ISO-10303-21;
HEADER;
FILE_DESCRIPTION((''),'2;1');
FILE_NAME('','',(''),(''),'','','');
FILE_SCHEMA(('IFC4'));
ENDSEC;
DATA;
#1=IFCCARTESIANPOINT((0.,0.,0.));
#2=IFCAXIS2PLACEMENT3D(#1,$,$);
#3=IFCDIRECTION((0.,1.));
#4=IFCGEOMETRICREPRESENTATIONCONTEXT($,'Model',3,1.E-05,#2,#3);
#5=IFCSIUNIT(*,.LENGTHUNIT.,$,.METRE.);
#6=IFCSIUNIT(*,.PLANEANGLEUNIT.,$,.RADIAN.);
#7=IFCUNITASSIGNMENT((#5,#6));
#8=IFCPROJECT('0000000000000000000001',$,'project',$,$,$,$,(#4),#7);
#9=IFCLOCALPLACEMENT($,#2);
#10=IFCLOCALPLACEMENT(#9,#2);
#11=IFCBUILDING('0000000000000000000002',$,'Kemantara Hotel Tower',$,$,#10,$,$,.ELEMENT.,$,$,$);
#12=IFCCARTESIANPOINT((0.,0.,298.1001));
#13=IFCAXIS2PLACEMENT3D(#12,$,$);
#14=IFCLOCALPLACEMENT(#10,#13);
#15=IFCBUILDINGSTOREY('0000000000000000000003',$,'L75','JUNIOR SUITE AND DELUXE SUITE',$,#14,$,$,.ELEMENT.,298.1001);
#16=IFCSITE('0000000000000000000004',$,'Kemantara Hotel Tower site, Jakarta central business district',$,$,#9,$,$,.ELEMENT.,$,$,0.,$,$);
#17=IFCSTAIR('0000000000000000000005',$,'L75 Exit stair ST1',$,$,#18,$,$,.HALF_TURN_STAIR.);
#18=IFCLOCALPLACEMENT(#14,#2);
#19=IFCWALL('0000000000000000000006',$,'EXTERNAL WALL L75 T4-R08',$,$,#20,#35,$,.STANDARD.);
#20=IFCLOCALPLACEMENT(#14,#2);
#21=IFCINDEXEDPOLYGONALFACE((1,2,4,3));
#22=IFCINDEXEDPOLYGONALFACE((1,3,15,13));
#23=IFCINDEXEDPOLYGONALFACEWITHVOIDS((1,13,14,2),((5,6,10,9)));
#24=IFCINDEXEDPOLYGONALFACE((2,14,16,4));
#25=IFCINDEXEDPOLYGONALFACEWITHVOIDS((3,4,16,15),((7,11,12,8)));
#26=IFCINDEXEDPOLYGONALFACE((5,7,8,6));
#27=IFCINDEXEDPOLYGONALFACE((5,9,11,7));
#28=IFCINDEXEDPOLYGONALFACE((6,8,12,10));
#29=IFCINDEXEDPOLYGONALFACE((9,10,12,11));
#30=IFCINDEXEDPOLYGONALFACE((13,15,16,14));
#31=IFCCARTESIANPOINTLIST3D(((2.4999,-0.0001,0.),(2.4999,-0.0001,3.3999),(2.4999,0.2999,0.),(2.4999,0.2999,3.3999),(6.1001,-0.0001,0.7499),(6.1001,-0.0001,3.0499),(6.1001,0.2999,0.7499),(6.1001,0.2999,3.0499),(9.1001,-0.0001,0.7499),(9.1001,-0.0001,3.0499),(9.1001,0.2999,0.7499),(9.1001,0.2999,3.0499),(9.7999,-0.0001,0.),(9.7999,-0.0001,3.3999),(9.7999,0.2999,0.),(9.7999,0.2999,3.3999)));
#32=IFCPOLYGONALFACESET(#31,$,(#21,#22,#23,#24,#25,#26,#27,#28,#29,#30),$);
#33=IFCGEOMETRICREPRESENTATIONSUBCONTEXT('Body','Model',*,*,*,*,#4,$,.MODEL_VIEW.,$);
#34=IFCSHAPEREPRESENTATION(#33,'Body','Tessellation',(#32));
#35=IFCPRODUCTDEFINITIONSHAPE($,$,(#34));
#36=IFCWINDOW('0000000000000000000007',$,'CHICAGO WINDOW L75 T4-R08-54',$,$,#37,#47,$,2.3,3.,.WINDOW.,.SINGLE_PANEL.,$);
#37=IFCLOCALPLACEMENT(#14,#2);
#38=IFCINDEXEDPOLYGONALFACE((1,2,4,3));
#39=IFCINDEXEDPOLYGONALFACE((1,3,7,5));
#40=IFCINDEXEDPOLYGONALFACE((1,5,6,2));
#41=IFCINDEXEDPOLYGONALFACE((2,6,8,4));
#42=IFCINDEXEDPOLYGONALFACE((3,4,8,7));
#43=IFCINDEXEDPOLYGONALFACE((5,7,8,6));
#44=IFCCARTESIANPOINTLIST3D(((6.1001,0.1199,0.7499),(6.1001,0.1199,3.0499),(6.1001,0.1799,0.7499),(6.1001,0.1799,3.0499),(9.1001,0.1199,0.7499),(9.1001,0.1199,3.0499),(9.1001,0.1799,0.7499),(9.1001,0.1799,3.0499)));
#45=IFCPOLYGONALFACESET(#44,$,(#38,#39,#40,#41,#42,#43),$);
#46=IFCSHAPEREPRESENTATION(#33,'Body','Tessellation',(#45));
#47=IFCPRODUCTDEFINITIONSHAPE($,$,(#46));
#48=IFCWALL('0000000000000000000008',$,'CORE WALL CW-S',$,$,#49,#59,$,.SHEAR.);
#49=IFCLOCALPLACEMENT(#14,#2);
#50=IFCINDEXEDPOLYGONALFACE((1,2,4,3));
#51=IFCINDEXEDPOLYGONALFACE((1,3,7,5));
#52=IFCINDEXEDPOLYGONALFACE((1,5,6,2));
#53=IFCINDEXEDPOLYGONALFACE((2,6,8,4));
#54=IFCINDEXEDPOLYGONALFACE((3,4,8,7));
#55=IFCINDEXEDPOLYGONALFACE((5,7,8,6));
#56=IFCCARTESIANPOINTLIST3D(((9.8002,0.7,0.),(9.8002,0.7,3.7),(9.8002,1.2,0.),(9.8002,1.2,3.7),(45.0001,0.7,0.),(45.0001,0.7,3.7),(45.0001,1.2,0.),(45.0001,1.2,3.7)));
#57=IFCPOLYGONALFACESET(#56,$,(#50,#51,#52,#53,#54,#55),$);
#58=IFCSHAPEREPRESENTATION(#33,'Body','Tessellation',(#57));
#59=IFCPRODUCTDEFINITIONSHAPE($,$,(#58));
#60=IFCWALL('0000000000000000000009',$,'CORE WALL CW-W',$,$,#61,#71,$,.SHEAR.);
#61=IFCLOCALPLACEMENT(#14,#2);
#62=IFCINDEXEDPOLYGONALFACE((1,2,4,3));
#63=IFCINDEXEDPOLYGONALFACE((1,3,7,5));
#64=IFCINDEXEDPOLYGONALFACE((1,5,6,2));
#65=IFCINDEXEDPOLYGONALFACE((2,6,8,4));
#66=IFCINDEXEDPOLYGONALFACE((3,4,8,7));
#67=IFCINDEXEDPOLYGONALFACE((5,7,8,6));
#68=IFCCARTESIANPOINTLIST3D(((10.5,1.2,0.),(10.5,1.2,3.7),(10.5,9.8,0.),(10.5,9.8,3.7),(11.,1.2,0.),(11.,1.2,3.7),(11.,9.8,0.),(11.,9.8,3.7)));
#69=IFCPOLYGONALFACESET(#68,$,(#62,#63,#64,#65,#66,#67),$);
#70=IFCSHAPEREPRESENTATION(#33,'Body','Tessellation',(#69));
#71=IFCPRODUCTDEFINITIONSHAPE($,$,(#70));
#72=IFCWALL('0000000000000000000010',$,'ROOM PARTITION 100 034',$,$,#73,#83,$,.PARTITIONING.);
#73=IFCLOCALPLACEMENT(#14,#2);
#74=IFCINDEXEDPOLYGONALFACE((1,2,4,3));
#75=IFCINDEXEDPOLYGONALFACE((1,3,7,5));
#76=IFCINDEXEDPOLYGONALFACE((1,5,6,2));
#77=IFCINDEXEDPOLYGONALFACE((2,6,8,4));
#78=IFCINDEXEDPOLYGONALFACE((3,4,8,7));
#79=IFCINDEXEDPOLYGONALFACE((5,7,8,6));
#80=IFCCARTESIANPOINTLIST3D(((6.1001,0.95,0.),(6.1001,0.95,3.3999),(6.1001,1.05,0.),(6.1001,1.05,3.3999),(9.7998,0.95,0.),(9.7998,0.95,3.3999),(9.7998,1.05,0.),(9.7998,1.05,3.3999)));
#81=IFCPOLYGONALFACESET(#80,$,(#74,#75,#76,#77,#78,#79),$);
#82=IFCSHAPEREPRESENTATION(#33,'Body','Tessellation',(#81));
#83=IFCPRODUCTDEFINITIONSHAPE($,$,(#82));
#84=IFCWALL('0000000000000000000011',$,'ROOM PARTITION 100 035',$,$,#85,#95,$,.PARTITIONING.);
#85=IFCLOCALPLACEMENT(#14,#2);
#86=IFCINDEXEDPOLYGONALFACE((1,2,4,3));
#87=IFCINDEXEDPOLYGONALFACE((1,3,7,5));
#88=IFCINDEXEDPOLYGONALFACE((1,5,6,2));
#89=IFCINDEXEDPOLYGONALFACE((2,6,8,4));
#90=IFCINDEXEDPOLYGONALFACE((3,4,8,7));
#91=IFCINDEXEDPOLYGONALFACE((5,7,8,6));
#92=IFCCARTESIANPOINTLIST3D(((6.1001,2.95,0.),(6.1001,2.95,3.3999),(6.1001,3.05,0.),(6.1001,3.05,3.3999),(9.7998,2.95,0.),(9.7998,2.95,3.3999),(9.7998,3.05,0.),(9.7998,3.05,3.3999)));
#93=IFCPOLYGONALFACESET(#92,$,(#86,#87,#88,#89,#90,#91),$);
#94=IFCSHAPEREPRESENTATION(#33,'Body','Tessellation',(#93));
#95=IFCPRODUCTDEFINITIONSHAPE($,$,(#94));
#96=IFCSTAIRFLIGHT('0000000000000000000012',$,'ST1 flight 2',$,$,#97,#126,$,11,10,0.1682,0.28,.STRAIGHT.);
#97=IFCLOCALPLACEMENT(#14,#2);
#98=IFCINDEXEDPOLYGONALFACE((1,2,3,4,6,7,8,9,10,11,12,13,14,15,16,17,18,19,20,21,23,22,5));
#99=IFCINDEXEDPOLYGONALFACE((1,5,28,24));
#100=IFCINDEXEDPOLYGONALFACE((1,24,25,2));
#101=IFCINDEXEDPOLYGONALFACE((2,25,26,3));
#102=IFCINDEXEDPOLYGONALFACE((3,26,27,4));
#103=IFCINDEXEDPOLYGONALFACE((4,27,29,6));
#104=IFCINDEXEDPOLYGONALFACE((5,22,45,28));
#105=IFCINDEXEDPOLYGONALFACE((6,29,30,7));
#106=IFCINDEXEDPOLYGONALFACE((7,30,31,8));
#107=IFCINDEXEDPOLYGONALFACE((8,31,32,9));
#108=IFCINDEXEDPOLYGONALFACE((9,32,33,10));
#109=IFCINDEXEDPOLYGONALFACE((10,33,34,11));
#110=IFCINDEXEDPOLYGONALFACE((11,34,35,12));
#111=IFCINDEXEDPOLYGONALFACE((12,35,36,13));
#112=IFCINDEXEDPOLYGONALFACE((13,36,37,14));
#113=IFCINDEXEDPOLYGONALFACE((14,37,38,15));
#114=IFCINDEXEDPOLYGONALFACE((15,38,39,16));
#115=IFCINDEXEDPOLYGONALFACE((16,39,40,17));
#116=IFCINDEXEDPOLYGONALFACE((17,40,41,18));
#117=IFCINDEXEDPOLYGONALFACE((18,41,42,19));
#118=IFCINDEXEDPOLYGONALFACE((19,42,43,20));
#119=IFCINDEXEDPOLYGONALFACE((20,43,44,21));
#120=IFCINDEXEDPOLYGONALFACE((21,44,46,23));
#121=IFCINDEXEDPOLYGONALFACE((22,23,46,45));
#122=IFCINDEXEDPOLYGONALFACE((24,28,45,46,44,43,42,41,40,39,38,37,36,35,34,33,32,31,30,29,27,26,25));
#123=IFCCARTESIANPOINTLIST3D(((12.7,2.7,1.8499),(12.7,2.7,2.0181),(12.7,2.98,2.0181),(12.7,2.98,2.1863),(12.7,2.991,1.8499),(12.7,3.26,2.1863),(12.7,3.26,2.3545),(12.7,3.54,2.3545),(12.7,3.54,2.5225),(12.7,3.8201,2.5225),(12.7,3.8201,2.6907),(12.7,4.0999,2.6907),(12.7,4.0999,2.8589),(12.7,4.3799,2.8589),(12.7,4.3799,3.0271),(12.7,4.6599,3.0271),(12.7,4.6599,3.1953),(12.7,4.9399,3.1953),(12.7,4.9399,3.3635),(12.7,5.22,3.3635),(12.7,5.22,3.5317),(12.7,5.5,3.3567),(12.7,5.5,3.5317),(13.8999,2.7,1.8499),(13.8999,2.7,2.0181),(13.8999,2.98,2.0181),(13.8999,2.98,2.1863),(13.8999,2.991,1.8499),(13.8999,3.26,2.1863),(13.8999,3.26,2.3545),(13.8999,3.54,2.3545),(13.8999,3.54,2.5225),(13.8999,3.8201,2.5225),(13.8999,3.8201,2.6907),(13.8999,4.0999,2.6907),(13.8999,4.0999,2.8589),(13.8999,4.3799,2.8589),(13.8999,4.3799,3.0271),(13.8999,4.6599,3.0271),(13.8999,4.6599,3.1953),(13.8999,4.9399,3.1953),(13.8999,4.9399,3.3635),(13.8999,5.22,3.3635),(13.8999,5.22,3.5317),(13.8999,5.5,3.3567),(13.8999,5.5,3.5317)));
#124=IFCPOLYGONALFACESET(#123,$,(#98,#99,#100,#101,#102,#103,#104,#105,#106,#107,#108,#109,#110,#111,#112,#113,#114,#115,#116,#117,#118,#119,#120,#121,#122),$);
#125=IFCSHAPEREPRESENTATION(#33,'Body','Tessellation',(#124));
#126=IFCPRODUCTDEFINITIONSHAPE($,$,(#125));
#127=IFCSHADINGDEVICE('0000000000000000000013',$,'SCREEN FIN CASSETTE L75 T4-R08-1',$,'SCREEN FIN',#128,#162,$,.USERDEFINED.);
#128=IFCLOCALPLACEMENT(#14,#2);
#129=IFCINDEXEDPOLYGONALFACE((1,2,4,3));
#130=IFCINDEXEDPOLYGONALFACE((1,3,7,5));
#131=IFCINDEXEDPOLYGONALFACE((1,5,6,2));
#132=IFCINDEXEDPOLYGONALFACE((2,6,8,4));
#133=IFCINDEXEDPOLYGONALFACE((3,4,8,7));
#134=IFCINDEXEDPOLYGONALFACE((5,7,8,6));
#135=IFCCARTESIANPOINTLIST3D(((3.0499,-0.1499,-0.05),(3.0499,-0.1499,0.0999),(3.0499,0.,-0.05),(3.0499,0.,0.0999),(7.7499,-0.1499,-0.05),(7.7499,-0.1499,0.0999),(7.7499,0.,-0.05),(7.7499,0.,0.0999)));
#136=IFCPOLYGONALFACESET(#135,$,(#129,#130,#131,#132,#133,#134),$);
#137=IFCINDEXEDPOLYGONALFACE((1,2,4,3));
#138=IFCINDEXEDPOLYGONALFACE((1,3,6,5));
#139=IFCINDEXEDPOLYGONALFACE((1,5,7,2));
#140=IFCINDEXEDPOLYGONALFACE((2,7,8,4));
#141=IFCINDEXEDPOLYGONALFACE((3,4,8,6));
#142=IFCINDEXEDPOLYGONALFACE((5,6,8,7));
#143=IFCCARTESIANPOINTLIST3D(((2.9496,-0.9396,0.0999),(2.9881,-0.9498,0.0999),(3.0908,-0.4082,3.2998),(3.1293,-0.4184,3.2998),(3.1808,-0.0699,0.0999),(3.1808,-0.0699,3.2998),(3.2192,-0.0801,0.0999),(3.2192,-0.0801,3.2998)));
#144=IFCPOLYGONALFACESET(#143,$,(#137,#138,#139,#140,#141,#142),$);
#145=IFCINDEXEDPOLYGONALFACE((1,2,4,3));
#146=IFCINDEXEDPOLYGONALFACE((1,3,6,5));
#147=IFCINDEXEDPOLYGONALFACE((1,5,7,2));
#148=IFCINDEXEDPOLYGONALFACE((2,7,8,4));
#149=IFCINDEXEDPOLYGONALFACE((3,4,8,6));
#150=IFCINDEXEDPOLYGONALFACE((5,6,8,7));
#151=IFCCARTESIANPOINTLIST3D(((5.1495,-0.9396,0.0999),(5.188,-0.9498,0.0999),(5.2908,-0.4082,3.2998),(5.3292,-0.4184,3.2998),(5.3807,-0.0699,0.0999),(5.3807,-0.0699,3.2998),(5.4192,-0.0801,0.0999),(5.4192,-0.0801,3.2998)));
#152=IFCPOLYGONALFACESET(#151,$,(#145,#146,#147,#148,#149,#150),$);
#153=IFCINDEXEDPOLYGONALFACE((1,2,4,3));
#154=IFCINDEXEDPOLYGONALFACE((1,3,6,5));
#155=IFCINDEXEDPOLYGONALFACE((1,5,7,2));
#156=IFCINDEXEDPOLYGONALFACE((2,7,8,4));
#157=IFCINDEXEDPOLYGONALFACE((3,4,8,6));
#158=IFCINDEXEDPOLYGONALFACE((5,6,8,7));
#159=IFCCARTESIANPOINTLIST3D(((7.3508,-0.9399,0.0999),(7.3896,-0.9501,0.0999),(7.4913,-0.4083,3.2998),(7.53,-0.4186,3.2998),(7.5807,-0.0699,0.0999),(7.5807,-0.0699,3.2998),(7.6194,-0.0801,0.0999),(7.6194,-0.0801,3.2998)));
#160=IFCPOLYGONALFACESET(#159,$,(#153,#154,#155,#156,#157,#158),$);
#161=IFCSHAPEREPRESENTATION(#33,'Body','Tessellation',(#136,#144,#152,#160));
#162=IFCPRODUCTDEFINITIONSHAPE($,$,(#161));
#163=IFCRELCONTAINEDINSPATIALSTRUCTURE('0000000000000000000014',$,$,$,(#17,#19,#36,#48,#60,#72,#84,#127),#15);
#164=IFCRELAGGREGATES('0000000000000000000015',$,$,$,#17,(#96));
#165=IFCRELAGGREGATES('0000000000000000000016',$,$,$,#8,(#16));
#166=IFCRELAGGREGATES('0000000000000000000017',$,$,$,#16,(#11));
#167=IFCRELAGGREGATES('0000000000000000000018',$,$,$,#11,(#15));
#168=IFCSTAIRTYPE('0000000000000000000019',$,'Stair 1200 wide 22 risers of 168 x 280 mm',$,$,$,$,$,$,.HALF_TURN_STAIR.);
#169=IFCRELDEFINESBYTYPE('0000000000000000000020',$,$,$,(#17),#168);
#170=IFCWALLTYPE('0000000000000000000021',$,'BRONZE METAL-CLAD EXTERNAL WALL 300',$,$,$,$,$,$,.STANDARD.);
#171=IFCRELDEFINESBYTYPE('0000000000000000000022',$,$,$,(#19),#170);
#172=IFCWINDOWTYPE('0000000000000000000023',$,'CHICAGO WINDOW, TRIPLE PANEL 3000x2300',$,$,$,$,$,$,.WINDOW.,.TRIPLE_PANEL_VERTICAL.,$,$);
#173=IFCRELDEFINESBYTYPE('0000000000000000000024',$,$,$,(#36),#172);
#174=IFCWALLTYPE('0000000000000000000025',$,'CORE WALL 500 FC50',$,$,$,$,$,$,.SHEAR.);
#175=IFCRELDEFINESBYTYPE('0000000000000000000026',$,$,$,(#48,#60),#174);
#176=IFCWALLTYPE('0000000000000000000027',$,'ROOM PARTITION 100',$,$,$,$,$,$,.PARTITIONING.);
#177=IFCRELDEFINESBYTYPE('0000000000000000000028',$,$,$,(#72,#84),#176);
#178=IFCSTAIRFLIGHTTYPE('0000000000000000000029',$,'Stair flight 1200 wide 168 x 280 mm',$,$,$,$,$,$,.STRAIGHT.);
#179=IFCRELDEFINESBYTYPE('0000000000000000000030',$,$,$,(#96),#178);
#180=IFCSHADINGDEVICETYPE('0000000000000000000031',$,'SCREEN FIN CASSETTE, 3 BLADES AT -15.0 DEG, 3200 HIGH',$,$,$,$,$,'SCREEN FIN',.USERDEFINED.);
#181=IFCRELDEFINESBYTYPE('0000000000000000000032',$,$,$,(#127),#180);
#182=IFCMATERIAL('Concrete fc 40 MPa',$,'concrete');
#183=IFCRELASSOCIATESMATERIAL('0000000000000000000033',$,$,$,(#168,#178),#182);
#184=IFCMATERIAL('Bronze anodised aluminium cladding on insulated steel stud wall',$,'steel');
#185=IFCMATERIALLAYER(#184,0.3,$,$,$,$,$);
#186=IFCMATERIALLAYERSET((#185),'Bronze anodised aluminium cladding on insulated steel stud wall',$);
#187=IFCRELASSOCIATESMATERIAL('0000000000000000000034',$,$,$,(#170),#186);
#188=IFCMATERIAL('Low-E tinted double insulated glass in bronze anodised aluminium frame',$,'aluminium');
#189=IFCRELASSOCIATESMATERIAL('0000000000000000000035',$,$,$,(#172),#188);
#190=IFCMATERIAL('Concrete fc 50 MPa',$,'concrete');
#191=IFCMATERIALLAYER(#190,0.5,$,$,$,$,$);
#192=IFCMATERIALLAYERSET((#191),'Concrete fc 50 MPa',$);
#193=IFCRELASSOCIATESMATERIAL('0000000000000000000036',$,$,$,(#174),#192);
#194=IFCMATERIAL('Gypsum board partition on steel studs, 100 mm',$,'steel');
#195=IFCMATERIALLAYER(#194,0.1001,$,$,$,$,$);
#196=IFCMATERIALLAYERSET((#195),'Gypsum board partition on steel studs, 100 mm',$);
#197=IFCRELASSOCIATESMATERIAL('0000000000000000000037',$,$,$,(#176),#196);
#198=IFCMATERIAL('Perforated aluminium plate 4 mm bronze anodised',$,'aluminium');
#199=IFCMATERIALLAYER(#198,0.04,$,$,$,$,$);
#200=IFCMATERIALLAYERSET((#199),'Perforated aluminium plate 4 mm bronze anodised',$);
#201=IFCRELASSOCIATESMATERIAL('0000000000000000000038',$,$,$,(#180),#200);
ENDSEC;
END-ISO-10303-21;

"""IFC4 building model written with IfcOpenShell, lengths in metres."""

from ifc_helpers import new_model, si_unit, direction, frame, frame_2d, origin, origin_2d, place, context, subcontext, project, spatial, polyline, rectangle, outline, extrude, source, transform, mapped, material, layer, layer_set, type_object, element, fill, aggregate, save


model = new_model("IFC4")

# Units and contexts
model_context = context("Model", 3, precision=1e-05, world=origin(), true_north=direction((0.0, 1.0)))
body_context = subcontext(model_context, "Body", "Model", "MODEL_VIEW")
ifc_project = project(units=[si_unit("LENGTHUNIT", "METRE"), si_unit("PLANEANGLEUNIT", "RADIAN")], contexts=[model_context])

# Site, building, storey
site_placement = place(None, origin())
site = spatial("IfcSite", under=ifc_project, at=site_placement, Name="Kemantara Hotel Tower site, Jakarta central business district", CompositionType="ELEMENT", RefElevation=0.0)
building_placement = place(site_placement, origin())
building = spatial("IfcBuilding", under=site, at=building_placement, Name="Kemantara Hotel Tower", CompositionType="ELEMENT")
storey_placement = place(building_placement, frame((0.0, 0.0, 298.1001)))
storey = spatial("IfcBuildingStorey", under=building, at=storey_placement, Name="L75", Description="JUNIOR SUITE AND DELUXE SUITE", CompositionType="ELEMENT", Elevation=298.1001)

# Shared definitions
ifc_material_1 = material(Name="Concrete fc 50 MPa", Category="concrete")

# Shared definitions
ifc_material_2 = material(Name="Concrete fc 40 MPa", Category="concrete")

# Stair
stair_type_1 = type_object("IfcStairType", Name="Stair 1200 wide 22 risers of 168 x 280 mm", PredefinedType="HALF_TURN_STAIR", material=ifc_material_2)
stair_1_placement = place(storey_placement, origin())
stair_1 = element("IfcStair", 1, at=stair_1_placement, inside=storey, type_object=stair_type_1, Name="L75 Exit stair ST1", PredefinedType="HALF_TURN_STAIR")

# Shared definitions
ifc_material_3 = material(Name="Bronze anodised aluminium cladding on insulated steel stud wall", Category="steel")
ifc_layer_1 = layer(ifc_material_3, 0.3)
ifc_layer_set_1 = layer_set([ifc_layer_1], Name="Bronze anodised aluminium cladding on insulated steel stud wall")
wall_type_1 = type_object("IfcWallType", Name="BRONZE METAL-CLAD EXTERNAL WALL 300", PredefinedType="STANDARD", material=ifc_layer_set_1)

# Wall, opening, window
wall_1_placement = place(storey_placement, frame((2.5, 0.1499, 0.0), z_axis=(0.0, 0.0, 1.0), x_axis=(1.0, 0.0, 0.0)))
wall_1 = element("IfcWall", 2, at=wall_1_placement, inside=storey, type_object=wall_type_1, Name="EXTERNAL WALL L75 T4-R08", PredefinedType="STANDARD", context=body_context, shape_type="SweptSolid", body=[
    extrude(rectangle(XDim=7.3, YDim=0.3, at=frame_2d((3.6499, 0.0))), origin(), (0.0, 0.0, 1.0), 3.3999),
])
opening_placement = place(wall_1_placement, frame((3.6001, 0.0, 0.75)))
opening = element("IfcOpeningElement", 3, at=opening_placement, cuts=wall_1, PredefinedType="OPENING", context=body_context, shape_type="SweptSolid", body=[
    extrude(rectangle(XDim=3.0, YDim=2.3, at=frame_2d((1.5, 1.1499))), frame((0.0, 0.1599, 0.0), z_axis=(0.0, -1.0, 0.0), x_axis=(1.0, 0.0, 0.0)), (0.0, 0.0, 1.0), 0.3201),
])
ifc_material_4 = material(Name="Low-E tinted double insulated glass in bronze anodised aluminium frame", Category="aluminium")
window_type = type_object("IfcWindowType", Name="CHICAGO WINDOW, TRIPLE PANEL 3000x2300", PartitioningType="TRIPLE_PANEL_VERTICAL", PredefinedType="WINDOW", material=ifc_material_4)
window_placement = place(opening_placement, origin())
window = element("IfcWindow", 4, at=window_placement, inside=storey, type_object=window_type, Name="CHICAGO WINDOW L75 T4-R08-54", OverallHeight=2.3, OverallWidth=3.0, PartitioningType="SINGLE_PANEL", PredefinedType="WINDOW", context=body_context, shape_type="SweptSolid", body=[
    extrude(rectangle(XDim=3.0, YDim=2.3, at=frame_2d((1.5, 1.1499))), frame((0.0, 0.03, 0.0), z_axis=(0.0, -1.0, 0.0), x_axis=(1.0, 0.0, 0.0)), (0.0, 0.0, 1.0), 0.0601),
])
fill(opening, window)

# Walls
ifc_layer_2 = layer(ifc_material_1, 0.5)
ifc_layer_set_2 = layer_set([ifc_layer_2], Name="Concrete fc 50 MPa")
wall_type_2 = type_object("IfcWallType", Name="CORE WALL 500 FC50", PredefinedType="SHEAR", material=ifc_layer_set_2)
wall_2_placement = place(storey_placement, frame((9.8, 0.95, 0.0), z_axis=(0.0, 0.0, 1.0), x_axis=(1.0, 0.0, 0.0)))
element("IfcWall", 5, at=wall_2_placement, inside=storey, type_object=wall_type_2, Name="CORE WALL CW-S", PredefinedType="SHEAR", context=body_context, shape_type="SweptSolid", body=[
    extrude(rectangle(XDim=35.2, YDim=0.5, at=frame_2d((17.6001, 0.0))), origin(), (0.0, 0.0, 1.0), 3.7),
])
wall_3_placement = place(storey_placement, frame((10.75, 1.2, 0.0), z_axis=(0.0, 0.0, 1.0), x_axis=(0.0, 1.0, 0.0)))
element("IfcWall", 6, at=wall_3_placement, inside=storey, type_object=wall_type_2, Name="CORE WALL CW-W", PredefinedType="SHEAR", context=body_context, shape_type="SweptSolid", body=[
    extrude(rectangle(XDim=8.6001, YDim=0.5, at=frame_2d((4.3, 0.0))), origin(), (0.0, 0.0, 1.0), 3.7),
])
ifc_material_5 = material(Name="Gypsum board partition on steel studs, 100 mm", Category="steel")
ifc_layer_3 = layer(ifc_material_5, 0.1001)
ifc_layer_set_3 = layer_set([ifc_layer_3], Name="Gypsum board partition on steel studs, 100 mm")
wall_type_3 = type_object("IfcWallType", Name="ROOM PARTITION 100", PredefinedType="PARTITIONING", material=ifc_layer_set_3)
for number, where, z_axis, x_axis, name in (
    (7, (6.1001, 1.0, 0.0), (0.0, 0.0, 1.0), (1.0, 0.0, 0.0), "ROOM PARTITION 100 034"),
    (8, (6.1001, 3.0, 0.0), (0.0, 0.0, 1.0), (1.0, 0.0, 0.0), "ROOM PARTITION 100 035"),
):
    element("IfcWall", number, at=place(storey_placement, frame(where, z_axis=z_axis, x_axis=x_axis)), inside=storey, type_object=wall_type_3, Name=name, PredefinedType="PARTITIONING", context=body_context, shape_type="SweptSolid", body=[
        extrude(rectangle(XDim=3.6997, YDim=0.1001, at=frame_2d((1.8499, 0.0))), origin(), (0.0, 0.0, 1.0), 3.3999),
    ])

# Stair flight
stair_flight_type = type_object("IfcStairFlightType", Name="Stair flight 1200 wide 168 x 280 mm", PredefinedType="STRAIGHT", material=ifc_material_2)
stair_flight_placement = place(storey_placement, frame((13.3, 2.7, 1.8499), z_axis=(0.0, 0.0, 1.0), x_axis=(0.0, 1.0, 0.0)))
stair_flight = element("IfcStairFlight", 9, at=stair_flight_placement, type_object=stair_flight_type, Name="ST1 flight 2", NumberOfRisers=11, NumberOfTreads=10, PredefinedType="STRAIGHT", RiserHeight=0.1682, TreadLength=0.28, context=body_context, shape_type="SweptSolid", body=[
    extrude(outline(polyline([(0.0, 0.0), (0.0, 0.1682), (0.28, 0.1682), (0.28, 0.3364), (0.5601, 0.3364), (0.5601, 0.5046), (0.8401, 0.5046), (0.8401, 0.6726), (1.1201, 0.6726), (1.1201, 0.8408), (1.3999, 0.8408), (1.3999, 1.009), (1.6799, 1.009), (1.6799, 1.1772), (1.96, 1.1772), (1.96, 1.3455), (2.24, 1.3455), (2.24, 1.5137), (2.52, 1.5137), (2.52, 1.6819), (2.8, 1.6819), (2.8, 1.8501), (2.8, 1.5068), (0.291, 0.0), (0.0, 0.0)])), frame((0.0, 0.6001, 0.0), z_axis=(0.0, -1.0, 0.0), x_axis=(1.0, 0.0, 0.0)), (0.0, 0.0, 1.0), 1.2),
])
aggregate(stair_1, [stair_flight])

# Shading device
ifc_material_6 = material(Name="Perforated aluminium plate 4 mm bronze anodised", Category="aluminium")
ifc_layer_4 = layer(ifc_material_6, 0.04)
ifc_layer_set_4 = layer_set([ifc_layer_4], Name="Perforated aluminium plate 4 mm bronze anodised")
shading_device_type_1 = type_object("IfcShadingDeviceType", Name="SCREEN FIN CASSETTE, 3 BLADES AT -15.0 DEG, 3200 HIGH", ElementType="SCREEN FIN", PredefinedType="USERDEFINED", material=ifc_layer_set_4)
shared_shape_1 = source(origin(), body_context, "Body", "SweptSolid", [
    extrude(rectangle(XDim=4.7, YDim=0.1499, at=origin_2d()), frame((2.2, -0.075, -0.1499), z_axis=(0.0, 0.0, 1.0), x_axis=(1.0, 0.0, 0.0)), (0.0, 0.0, 1.0), 0.1499),
    extrude(outline(polyline([(0.0, 0.0), (0.8999, 0.0), (0.3501, 3.2), (0.0, 3.2), (0.0, 0.0)])), frame((0.0193, -0.0801, 0.0), z_axis=(-0.966438, 0.256901, 0.0), x_axis=(-0.256901, -0.966438, 0.0)), (0.0, 0.0, 1.0), 0.0398),
    extrude(outline(polyline([(0.0, 0.0), (0.8999, 0.0), (0.3501, 3.2), (0.0, 3.2), (0.0, 0.0)])), frame((2.2192, -0.0801, 0.0), z_axis=(-0.966438, 0.256901, 0.0), x_axis=(-0.256901, -0.966438, 0.0)), (0.0, 0.0, 1.0), 0.0398),
    extrude(outline(polyline([(0.0, 0.0), (0.8999, 0.0), (0.3501, 3.2), (0.0, 3.2), (0.0, 0.0)])), frame((4.4194, -0.0801, 0.0), z_axis=(-0.966838, 0.255391, 0.0), x_axis=(-0.255391, -0.966838, 0.0)), (0.0, 0.0, 1.0), 0.04),
])
shading_device_1_placement = place(storey_placement, frame((3.2, 0.0, 0.0999), z_axis=(0.0, 0.0, 1.0), x_axis=(1.0, 0.0, 0.0)))
element("IfcShadingDevice", 10, at=shading_device_1_placement, inside=storey, type_object=shading_device_type_1, Name="SCREEN FIN CASSETTE L75 T4-R08-1", ObjectType="SCREEN FIN", PredefinedType="USERDEFINED", context=body_context, shape_type="MappedRepresentation", body=[
    mapped(shared_shape_1, transform((0.0, 0.0, 0.0))),
])

save(model, "model.ifc")
